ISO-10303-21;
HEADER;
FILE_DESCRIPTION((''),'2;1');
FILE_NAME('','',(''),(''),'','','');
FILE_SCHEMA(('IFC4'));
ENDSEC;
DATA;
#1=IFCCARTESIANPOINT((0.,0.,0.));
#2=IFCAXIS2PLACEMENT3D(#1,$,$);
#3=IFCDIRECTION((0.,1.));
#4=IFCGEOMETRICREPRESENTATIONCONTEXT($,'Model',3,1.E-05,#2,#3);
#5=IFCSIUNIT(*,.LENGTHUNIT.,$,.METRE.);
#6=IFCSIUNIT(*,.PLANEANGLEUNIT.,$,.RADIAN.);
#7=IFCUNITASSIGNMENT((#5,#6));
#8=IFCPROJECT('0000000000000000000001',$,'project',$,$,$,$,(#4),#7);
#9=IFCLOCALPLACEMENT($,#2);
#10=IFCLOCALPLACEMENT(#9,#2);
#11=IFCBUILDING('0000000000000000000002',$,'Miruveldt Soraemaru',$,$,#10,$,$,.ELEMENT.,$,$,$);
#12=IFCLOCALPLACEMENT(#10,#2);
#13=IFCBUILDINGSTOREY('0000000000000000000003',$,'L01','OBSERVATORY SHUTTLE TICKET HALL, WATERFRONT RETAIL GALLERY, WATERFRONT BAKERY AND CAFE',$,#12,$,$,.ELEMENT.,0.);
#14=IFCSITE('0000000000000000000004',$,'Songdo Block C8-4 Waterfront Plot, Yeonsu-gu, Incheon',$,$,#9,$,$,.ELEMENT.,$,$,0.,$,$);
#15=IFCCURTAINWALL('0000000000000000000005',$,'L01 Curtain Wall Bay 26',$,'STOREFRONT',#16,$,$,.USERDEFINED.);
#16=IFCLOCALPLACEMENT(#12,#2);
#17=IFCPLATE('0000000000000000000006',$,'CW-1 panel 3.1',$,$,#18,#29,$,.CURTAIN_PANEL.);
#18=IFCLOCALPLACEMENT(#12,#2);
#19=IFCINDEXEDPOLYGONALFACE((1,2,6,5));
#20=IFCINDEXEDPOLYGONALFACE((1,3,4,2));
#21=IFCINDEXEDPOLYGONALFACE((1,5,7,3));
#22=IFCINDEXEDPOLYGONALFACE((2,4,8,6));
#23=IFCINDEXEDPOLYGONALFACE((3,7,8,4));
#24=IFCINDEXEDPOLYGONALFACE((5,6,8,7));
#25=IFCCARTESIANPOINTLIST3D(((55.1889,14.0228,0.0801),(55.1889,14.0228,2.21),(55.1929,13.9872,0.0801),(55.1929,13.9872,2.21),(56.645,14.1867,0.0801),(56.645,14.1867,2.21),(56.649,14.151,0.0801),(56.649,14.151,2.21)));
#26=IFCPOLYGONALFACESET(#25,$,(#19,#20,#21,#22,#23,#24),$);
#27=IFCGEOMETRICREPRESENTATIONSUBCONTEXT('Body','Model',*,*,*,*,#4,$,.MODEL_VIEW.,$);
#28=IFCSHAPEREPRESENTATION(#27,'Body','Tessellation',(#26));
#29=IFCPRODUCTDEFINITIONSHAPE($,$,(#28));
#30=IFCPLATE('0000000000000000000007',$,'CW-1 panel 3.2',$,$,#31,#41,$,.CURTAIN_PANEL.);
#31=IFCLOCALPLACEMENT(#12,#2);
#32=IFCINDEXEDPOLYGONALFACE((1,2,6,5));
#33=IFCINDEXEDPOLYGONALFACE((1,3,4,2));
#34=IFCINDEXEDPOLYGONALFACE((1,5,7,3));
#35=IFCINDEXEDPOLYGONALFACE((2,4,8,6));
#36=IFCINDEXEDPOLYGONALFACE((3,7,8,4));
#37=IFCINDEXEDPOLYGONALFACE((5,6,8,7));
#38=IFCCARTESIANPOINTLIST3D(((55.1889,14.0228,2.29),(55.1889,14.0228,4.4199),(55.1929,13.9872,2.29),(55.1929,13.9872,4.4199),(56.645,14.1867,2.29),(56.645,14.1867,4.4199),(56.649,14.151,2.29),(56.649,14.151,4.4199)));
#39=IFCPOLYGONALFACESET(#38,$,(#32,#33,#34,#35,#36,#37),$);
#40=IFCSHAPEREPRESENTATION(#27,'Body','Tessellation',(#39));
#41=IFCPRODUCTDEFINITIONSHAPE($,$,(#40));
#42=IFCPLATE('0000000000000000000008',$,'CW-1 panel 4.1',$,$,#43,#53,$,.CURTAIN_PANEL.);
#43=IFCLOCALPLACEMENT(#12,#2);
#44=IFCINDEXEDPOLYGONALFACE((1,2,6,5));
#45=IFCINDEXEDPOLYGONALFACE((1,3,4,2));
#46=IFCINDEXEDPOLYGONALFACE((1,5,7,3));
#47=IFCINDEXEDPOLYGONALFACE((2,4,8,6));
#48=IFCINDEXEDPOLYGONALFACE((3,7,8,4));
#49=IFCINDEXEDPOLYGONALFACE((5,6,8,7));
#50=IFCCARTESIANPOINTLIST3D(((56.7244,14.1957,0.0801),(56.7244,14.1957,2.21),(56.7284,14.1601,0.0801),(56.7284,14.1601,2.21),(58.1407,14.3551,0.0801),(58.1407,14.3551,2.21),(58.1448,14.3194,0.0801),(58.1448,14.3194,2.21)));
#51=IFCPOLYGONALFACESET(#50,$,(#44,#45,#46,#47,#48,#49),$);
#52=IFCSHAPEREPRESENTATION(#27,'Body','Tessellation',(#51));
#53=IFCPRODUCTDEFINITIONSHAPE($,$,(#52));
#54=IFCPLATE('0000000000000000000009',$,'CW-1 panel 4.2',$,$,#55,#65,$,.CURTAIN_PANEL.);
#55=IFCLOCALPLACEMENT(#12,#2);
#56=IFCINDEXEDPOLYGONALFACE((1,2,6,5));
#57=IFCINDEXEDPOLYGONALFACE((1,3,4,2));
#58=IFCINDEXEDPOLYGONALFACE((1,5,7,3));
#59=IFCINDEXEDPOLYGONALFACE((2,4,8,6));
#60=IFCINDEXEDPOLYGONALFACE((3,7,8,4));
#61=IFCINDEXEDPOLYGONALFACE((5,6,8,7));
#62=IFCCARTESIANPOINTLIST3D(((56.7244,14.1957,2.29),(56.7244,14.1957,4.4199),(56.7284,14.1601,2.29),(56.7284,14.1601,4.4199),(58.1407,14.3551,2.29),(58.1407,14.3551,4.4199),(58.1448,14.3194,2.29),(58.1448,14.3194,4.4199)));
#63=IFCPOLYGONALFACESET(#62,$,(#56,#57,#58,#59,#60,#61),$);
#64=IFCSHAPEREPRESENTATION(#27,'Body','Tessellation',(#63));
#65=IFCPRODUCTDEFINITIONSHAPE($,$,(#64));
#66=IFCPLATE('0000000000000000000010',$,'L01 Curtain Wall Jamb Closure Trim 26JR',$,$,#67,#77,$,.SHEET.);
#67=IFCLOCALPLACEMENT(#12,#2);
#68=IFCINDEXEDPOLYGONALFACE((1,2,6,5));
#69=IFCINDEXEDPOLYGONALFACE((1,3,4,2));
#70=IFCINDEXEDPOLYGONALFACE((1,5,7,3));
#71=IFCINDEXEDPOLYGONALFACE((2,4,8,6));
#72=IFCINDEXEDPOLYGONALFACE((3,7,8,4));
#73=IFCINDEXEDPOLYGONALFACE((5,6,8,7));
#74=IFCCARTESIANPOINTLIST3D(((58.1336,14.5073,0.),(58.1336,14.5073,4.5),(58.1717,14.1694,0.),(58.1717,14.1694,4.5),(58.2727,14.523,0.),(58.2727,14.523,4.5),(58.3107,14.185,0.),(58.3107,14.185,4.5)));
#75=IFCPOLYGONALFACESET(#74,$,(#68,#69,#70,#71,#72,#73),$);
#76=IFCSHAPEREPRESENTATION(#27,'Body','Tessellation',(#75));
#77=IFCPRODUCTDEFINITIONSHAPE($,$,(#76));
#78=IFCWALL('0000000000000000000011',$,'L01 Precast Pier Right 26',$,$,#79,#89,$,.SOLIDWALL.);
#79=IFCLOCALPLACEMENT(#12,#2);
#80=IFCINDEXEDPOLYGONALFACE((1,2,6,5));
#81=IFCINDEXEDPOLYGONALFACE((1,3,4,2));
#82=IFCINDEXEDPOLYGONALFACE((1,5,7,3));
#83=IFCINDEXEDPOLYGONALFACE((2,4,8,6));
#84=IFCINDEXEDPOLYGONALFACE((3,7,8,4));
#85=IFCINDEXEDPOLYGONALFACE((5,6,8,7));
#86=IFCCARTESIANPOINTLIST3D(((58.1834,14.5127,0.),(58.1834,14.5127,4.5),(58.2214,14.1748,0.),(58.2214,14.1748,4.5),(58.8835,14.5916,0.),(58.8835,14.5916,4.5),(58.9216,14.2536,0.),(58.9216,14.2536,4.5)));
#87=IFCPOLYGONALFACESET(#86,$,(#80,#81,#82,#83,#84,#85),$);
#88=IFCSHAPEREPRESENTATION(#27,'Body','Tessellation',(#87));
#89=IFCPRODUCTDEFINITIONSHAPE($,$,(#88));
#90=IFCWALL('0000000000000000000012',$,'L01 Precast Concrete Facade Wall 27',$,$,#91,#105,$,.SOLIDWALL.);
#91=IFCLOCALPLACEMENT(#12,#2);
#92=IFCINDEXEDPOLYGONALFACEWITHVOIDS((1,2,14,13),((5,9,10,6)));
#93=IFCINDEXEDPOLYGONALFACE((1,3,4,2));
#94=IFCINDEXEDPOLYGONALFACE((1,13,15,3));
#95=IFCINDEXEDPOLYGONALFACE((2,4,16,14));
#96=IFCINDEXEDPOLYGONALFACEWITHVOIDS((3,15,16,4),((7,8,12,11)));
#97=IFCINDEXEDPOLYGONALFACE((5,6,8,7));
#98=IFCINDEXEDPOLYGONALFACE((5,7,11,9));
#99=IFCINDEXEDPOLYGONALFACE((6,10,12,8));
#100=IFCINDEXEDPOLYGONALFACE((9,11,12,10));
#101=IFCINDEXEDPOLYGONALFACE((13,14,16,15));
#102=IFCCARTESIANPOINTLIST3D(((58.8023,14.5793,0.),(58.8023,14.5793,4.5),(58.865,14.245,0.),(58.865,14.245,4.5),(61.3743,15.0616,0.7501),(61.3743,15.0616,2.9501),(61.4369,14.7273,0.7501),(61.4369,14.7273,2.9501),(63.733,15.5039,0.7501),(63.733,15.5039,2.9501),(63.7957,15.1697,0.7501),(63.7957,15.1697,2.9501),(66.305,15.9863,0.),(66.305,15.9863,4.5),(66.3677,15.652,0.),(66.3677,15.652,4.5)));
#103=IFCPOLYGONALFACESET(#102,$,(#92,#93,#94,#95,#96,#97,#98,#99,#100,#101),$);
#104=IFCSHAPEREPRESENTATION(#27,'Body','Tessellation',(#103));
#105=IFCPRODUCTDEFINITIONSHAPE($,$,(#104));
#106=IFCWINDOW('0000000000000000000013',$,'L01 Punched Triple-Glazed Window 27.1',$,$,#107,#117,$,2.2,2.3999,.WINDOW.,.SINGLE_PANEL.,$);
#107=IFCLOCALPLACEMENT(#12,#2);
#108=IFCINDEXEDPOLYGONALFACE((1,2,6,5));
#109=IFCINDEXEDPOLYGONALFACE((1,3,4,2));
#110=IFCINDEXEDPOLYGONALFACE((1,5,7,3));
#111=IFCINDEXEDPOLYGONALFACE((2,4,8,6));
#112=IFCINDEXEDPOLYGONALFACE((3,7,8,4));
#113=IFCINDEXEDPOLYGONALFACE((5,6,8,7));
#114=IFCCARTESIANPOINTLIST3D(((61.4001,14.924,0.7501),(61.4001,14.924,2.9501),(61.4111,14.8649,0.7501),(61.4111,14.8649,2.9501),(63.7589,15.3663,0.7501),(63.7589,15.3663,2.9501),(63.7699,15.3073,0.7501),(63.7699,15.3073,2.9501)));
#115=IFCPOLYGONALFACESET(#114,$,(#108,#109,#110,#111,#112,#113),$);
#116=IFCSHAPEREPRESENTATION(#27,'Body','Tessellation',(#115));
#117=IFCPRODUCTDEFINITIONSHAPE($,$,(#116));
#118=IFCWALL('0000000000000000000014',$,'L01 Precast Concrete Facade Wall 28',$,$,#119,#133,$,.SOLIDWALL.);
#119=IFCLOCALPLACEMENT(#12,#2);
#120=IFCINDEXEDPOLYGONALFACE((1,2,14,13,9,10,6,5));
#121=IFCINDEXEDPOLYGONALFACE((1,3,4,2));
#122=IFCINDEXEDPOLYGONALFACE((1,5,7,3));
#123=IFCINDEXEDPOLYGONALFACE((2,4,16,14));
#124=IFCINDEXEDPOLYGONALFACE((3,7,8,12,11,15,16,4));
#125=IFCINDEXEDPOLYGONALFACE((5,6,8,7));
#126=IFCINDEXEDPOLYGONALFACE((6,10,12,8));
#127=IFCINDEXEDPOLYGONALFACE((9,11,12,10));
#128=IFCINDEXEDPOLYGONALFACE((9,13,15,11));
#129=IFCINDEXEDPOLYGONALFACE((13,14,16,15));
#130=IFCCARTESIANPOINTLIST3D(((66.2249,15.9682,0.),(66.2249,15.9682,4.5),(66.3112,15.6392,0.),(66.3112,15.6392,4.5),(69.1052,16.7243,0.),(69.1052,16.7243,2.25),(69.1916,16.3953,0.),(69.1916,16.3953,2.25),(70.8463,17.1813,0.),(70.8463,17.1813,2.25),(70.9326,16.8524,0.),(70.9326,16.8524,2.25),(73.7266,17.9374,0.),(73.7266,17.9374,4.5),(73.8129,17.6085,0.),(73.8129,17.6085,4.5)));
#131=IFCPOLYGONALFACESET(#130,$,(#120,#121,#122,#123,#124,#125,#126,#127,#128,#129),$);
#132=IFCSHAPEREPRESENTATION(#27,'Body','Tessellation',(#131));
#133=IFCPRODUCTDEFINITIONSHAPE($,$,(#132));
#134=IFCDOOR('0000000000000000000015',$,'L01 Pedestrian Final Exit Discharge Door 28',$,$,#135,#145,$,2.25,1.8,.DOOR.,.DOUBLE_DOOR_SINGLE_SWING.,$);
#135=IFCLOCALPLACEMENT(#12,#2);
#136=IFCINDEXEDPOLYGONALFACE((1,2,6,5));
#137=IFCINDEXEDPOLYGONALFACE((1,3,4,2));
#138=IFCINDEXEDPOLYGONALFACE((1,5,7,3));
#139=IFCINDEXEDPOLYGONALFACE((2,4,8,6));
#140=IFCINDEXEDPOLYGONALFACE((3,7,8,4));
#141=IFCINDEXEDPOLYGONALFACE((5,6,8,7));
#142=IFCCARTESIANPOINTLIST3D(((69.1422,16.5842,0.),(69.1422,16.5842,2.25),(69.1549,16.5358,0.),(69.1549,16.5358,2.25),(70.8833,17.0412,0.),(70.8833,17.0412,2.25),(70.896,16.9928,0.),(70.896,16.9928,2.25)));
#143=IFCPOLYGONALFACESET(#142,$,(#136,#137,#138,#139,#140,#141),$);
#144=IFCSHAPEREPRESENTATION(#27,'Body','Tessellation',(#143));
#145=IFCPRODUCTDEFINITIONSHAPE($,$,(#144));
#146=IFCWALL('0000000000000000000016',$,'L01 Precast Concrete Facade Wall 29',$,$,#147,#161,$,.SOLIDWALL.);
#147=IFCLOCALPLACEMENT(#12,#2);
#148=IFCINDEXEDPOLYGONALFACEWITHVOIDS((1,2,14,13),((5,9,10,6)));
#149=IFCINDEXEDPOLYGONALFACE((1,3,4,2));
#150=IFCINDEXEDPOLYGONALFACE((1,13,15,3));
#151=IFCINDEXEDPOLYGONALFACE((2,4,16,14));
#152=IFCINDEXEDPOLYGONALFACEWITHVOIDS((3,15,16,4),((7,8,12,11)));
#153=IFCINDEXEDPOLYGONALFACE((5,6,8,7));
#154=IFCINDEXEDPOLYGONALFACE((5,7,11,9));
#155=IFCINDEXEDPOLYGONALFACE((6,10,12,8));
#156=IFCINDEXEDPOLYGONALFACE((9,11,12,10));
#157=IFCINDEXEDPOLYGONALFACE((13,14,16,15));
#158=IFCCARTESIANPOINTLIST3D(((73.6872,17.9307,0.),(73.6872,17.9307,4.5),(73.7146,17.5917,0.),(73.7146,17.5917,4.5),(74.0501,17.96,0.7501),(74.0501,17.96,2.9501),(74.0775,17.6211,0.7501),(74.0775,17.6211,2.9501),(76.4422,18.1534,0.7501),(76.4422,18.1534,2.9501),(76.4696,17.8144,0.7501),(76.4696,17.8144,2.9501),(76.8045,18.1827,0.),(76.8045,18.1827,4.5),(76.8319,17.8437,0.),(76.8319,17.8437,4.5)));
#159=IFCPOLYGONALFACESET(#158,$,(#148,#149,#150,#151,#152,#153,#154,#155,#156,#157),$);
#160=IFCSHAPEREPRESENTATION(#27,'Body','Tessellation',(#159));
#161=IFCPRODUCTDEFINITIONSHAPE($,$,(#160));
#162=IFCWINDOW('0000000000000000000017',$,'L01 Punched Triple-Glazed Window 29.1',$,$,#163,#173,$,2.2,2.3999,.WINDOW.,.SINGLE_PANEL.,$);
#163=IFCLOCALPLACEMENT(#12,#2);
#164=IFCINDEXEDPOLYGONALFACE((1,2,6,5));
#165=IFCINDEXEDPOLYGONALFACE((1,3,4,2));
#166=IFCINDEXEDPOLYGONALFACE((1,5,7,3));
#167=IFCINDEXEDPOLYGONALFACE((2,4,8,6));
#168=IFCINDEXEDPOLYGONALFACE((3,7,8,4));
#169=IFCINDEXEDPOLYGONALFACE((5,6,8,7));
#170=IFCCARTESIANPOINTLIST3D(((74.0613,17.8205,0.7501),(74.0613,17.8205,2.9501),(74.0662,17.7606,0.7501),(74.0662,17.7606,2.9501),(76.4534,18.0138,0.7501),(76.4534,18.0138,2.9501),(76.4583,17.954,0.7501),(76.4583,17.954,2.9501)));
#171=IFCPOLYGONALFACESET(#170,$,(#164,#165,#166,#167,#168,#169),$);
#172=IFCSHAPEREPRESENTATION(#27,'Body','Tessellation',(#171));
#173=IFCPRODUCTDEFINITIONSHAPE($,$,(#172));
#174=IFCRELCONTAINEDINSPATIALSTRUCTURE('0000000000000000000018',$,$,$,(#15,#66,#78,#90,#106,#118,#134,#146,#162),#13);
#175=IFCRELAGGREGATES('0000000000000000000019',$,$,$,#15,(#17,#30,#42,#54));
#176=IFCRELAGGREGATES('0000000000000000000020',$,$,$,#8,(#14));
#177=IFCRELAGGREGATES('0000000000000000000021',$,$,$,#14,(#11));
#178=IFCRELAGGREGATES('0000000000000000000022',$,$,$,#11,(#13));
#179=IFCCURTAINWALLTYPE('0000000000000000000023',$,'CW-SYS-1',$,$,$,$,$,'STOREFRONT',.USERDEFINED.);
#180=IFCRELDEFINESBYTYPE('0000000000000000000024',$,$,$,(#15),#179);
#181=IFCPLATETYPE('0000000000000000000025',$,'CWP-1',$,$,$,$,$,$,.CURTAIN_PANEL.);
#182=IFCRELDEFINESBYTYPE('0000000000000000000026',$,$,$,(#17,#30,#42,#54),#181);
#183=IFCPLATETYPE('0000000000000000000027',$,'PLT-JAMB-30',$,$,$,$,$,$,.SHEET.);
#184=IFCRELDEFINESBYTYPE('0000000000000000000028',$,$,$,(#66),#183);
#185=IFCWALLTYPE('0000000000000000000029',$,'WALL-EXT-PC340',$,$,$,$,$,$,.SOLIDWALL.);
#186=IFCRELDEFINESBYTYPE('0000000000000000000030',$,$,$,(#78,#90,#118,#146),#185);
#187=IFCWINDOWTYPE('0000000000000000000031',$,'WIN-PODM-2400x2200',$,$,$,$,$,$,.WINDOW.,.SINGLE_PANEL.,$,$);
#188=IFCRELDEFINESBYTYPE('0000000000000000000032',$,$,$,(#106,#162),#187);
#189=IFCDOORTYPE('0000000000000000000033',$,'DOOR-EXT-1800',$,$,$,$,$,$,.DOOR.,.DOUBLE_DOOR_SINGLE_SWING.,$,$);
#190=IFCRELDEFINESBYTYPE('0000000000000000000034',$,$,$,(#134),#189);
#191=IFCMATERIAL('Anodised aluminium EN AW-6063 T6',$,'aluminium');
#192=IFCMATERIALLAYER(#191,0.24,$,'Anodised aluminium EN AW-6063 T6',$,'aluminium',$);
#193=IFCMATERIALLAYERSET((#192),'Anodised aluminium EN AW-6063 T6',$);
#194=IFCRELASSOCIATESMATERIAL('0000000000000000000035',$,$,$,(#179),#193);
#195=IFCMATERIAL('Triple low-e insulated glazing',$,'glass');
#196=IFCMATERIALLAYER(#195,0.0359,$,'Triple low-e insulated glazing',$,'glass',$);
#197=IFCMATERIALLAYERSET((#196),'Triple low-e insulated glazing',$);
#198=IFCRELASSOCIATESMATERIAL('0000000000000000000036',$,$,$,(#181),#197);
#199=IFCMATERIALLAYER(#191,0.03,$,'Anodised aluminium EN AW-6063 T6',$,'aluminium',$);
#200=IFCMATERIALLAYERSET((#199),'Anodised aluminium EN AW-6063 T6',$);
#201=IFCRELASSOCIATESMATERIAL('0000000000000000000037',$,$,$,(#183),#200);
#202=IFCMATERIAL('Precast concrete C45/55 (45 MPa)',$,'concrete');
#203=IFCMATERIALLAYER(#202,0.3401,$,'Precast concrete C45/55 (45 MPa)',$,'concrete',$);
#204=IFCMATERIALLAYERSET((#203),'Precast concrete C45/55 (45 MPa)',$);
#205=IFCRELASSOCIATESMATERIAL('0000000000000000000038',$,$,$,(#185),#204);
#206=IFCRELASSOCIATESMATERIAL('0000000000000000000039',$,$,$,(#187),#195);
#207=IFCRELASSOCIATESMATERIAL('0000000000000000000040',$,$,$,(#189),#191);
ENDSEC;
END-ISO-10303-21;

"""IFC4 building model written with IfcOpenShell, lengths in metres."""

from ifc_helpers import new_model, si_unit, direction, frame, frame_2d, origin, origin_2d, place, context, subcontext, project, spatial, rectangle, extrude, material, layer, layer_set, type_object, element, fill, aggregate, save


model = new_model("IFC4")

# Units and contexts
model_context = context("Model", 3, precision=1e-05, world=origin(), true_north=direction((0.0, 1.0)))
body_context = subcontext(model_context, "Body", "Model", "MODEL_VIEW")
ifc_project = project(units=[si_unit("LENGTHUNIT", "METRE"), si_unit("PLANEANGLEUNIT", "RADIAN")], contexts=[model_context])

# Site, building, storey
site_placement = place(None, origin())
site = spatial("IfcSite", under=ifc_project, at=site_placement, Name="Songdo Block C8-4 Waterfront Plot, Yeonsu-gu, Incheon", CompositionType="ELEMENT", RefElevation=0.0)
building_placement = place(site_placement, origin())
building = spatial("IfcBuilding", under=site, at=building_placement, Name="Miruveldt Soraemaru", CompositionType="ELEMENT")
storey_placement = place(building_placement, origin())
storey = spatial("IfcBuildingStorey", under=building, at=storey_placement, Name="L01", Description="OBSERVATORY SHUTTLE TICKET HALL, WATERFRONT RETAIL GALLERY, WATERFRONT BAKERY AND CAFE", CompositionType="ELEMENT", Elevation=0.0)

# Curtain wall, plates
ifc_material_1 = material(Name="Anodised aluminium EN AW-6063 T6", Category="aluminium")
ifc_layer_1 = layer(ifc_material_1, 0.24, Name="Anodised aluminium EN AW-6063 T6", Category="aluminium")
ifc_layer_set_1 = layer_set([ifc_layer_1], Name="Anodised aluminium EN AW-6063 T6")
curtain_wall_type = type_object("IfcCurtainWallType", Name="CW-SYS-1", ElementType="STOREFRONT", PredefinedType="USERDEFINED", material=ifc_layer_set_1)
curtain_wall_placement = place(storey_placement, origin())
curtain_wall = element("IfcCurtainWall", 1, at=curtain_wall_placement, inside=storey, type_object=curtain_wall_type, Name="L01 Curtain Wall Bay 26", ObjectType="STOREFRONT", PredefinedType="USERDEFINED")
ifc_material_2 = material(Name="Triple low-e insulated glazing", Category="glass")
ifc_layer_2 = layer(ifc_material_2, 0.0359, Name="Triple low-e insulated glazing", Category="glass")
ifc_layer_set_2 = layer_set([ifc_layer_2], Name="Triple low-e insulated glazing")
plate_type_1 = type_object("IfcPlateType", Name="CWP-1", PredefinedType="CURTAIN_PANEL", material=ifc_layer_set_2)
plate_1_placement = place(storey_placement, frame((55.9189, 14.0869, 0.0801), z_axis=(0.0, 0.0, 1.0), x_axis=(0.993731, 0.111793, 0.0)))
plate_1 = element("IfcPlate", 2, at=plate_1_placement, type_object=plate_type_1, Name="CW-1 panel 3.1", PredefinedType="CURTAIN_PANEL", context=body_context, shape_type="SweptSolid", body=[
    extrude(rectangle(XDim=1.4653, YDim=0.0359, at=origin_2d()), origin(), (0.0, 0.0, 1.0), 2.1299),
])
plate_2_placement = place(storey_placement, frame((55.9189, 14.0869, 2.29), z_axis=(0.0, 0.0, 1.0), x_axis=(0.993731, 0.111793, 0.0)))
plate_2 = element("IfcPlate", 3, at=plate_2_placement, type_object=plate_type_1, Name="CW-1 panel 3.2", PredefinedType="CURTAIN_PANEL", context=body_context, shape_type="SweptSolid", body=[
    extrude(rectangle(XDim=1.4653, YDim=0.0359, at=origin_2d()), origin(), (0.0, 0.0, 1.0), 2.1299),
])
plate_3_placement = place(storey_placement, frame((57.4346, 14.2576, 0.0801), z_axis=(0.0, 0.0, 1.0), x_axis=(0.993731, 0.111793, 0.0)))
plate_3 = element("IfcPlate", 4, at=plate_3_placement, type_object=plate_type_1, Name="CW-1 panel 4.1", PredefinedType="CURTAIN_PANEL", context=body_context, shape_type="SweptSolid", body=[
    extrude(rectangle(XDim=1.4253, YDim=0.0359, at=origin_2d()), origin(), (0.0, 0.0, 1.0), 2.1299),
])
plate_4_placement = place(storey_placement, frame((57.4346, 14.2576, 2.29), z_axis=(0.0, 0.0, 1.0), x_axis=(0.993731, 0.111793, 0.0)))
plate_4 = element("IfcPlate", 5, at=plate_4_placement, type_object=plate_type_1, Name="CW-1 panel 4.2", PredefinedType="CURTAIN_PANEL", context=body_context, shape_type="SweptSolid", body=[
    extrude(rectangle(XDim=1.4253, YDim=0.0359, at=origin_2d()), origin(), (0.0, 0.0, 1.0), 2.1299),
])
aggregate(curtain_wall, [plate_1, plate_2, plate_3, plate_4])

# Plate
ifc_layer_3 = layer(ifc_material_1, 0.03, Name="Anodised aluminium EN AW-6063 T6", Category="aluminium")
ifc_layer_set_3 = layer_set([ifc_layer_3], Name="Anodised aluminium EN AW-6063 T6")
plate_type_2 = type_object("IfcPlateType", Name="PLT-JAMB-30", PredefinedType="SHEET", material=ifc_layer_set_3)
plate_5_placement = place(storey_placement, frame((58.2222, 14.3462, 0.0), z_axis=(0.0, 0.0, 1.0), x_axis=(0.993731, 0.111798, 0.0)))
element("IfcPlate", 6, at=plate_5_placement, inside=storey, type_object=plate_type_2, Name="L01 Curtain Wall Jamb Closure Trim 26JR", PredefinedType="SHEET", context=body_context, shape_type="SweptSolid", body=[
    extrude(rectangle(XDim=0.1399, YDim=0.3401, at=origin_2d()), origin(), (0.0, 0.0, 1.0), 4.5),
])

# Wall
ifc_material_3 = material(Name="Precast concrete C45/55 (45 MPa)", Category="concrete")
ifc_layer_4 = layer(ifc_material_3, 0.3401, Name="Precast concrete C45/55 (45 MPa)", Category="concrete")
ifc_layer_set_4 = layer_set([ifc_layer_4], Name="Precast concrete C45/55 (45 MPa)")
wall_type = type_object("IfcWallType", Name="WALL-EXT-PC340", PredefinedType="SOLIDWALL", material=ifc_layer_set_4)
wall_1_placement = place(storey_placement, frame((58.2024, 14.3438, 0.0), z_axis=(0.0, 0.0, 1.0), x_axis=(0.993718, 0.111915, 0.0)))
element("IfcWall", 7, at=wall_1_placement, inside=storey, type_object=wall_type, Name="L01 Precast Pier Right 26", PredefinedType="SOLIDWALL", context=body_context, shape_type="SweptSolid", body=[
    extrude(rectangle(XDim=0.7046, YDim=0.3401, at=frame_2d((0.3523, 0.0))), origin(), (0.0, 0.0, 1.0), 4.5),
])

# Wall, opening, window
wall_2_placement = place(storey_placement, frame((58.8335, 14.4121, 0.0), z_axis=(0.0, 0.0, 1.0), x_axis=(0.982867, 0.184318, 0.0)))
wall_2 = element("IfcWall", 8, at=wall_2_placement, inside=storey, type_object=wall_type, Name="L01 Precast Concrete Facade Wall 27", PredefinedType="SOLIDWALL", context=body_context, shape_type="SweptSolid", body=[
    extrude(rectangle(XDim=7.6335, YDim=0.3401, at=frame_2d((3.8169, 0.0))), origin(), (0.0, 0.0, 1.0), 4.5),
])
opening_1_placement = place(wall_2_placement, frame((2.6169, 0.0, 0.75)))
opening_1 = element("IfcOpeningElement", 9, at=opening_1_placement, cuts=wall_2, PredefinedType="OPENING", context=body_context, shape_type="SweptSolid", body=[
    extrude(rectangle(XDim=2.3999, YDim=2.2, at=frame_2d((1.2, 1.1001))), frame((0.0, 0.1802, 0.0), z_axis=(0.0, -1.0, 0.0), x_axis=(1.0, 0.0, 0.0)), (0.0, 0.0, 1.0), 0.3601),
])
window_type = type_object("IfcWindowType", Name="WIN-PODM-2400x2200", PartitioningType="SINGLE_PANEL", PredefinedType="WINDOW", material=ifc_material_2)
window_1_placement = place(opening_1_placement, origin())
window_1 = element("IfcWindow", 10, at=window_1_placement, inside=storey, type_object=window_type, Name="L01 Punched Triple-Glazed Window 27.1", OverallHeight=2.2, OverallWidth=2.3999, PartitioningType="SINGLE_PANEL", PredefinedType="WINDOW", context=body_context, shape_type="SweptSolid", body=[
    extrude(rectangle(XDim=2.3999, YDim=2.2, at=frame_2d((1.2, 1.1001))), frame((0.0, 0.03, 0.0), z_axis=(0.0, -1.0, 0.0), x_axis=(1.0, 0.0, 0.0)), (0.0, 0.0, 1.0), 0.0601),
])
fill(opening_1, window_1)

# Wall, opening, door
wall_3_placement = place(storey_placement, frame((66.2681, 15.8037, 0.0), z_axis=(0.0, 0.0, 1.0), x_axis=(0.96723, 0.253903, 0.0)))
wall_3 = element("IfcWall", 11, at=wall_3_placement, inside=storey, type_object=wall_type, Name="L01 Precast Concrete Facade Wall 28", PredefinedType="SOLIDWALL", context=body_context, shape_type="SweptSolid", body=[
    extrude(rectangle(XDim=7.7559, YDim=0.3401, at=frame_2d((3.8779, 0.0))), origin(), (0.0, 0.0, 1.0), 4.5),
])
opening_2_placement = place(wall_3_placement, frame((2.978, 0.0, 0.0)))
opening_2 = element("IfcOpeningElement", 12, at=opening_2_placement, cuts=wall_3, PredefinedType="OPENING", context=body_context, shape_type="SweptSolid", body=[
    extrude(rectangle(XDim=1.8, YDim=2.25, at=frame_2d((0.8999, 1.125))), frame((0.0, 0.1802, 0.0), z_axis=(0.0, -1.0, 0.0), x_axis=(1.0, 0.0, 0.0)), (0.0, 0.0, 1.0), 0.3601),
])
door_type = type_object("IfcDoorType", Name="DOOR-EXT-1800", OperationType="DOUBLE_DOOR_SINGLE_SWING", PredefinedType="DOOR", material=ifc_material_1)
door_placement = place(opening_2_placement, frame((1.8, 0.0, 0.0), z_axis=(0.0, 0.0, 1.0), x_axis=(-1.0, 0.0, 0.0)))
door = element("IfcDoor", 13, at=door_placement, inside=storey, type_object=door_type, Name="L01 Pedestrian Final Exit Discharge Door 28", OperationType="DOUBLE_DOOR_SINGLE_SWING", OverallHeight=2.25, OverallWidth=1.8, PredefinedType="DOOR", context=body_context, shape_type="SweptSolid", body=[
    extrude(rectangle(XDim=1.8, YDim=2.25, at=frame_2d((0.8999, 1.125))), frame((0.0, 0.0249, 0.0), z_axis=(0.0, -1.0, 0.0), x_axis=(1.0, 0.0, 0.0)), (0.0, 0.0, 1.0), 0.05),
])
fill(opening_2, door)

# Wall, opening, window
wall_4_placement = place(storey_placement, frame((73.7009, 17.7612, 0.0), z_axis=(0.0, 0.0, 1.0), x_axis=(0.996749, 0.080564, 0.0)))
wall_4 = element("IfcWall", 14, at=wall_4_placement, inside=storey, type_object=wall_type, Name="L01 Precast Concrete Facade Wall 29", PredefinedType="SOLIDWALL", context=body_context, shape_type="SweptSolid", body=[
    extrude(rectangle(XDim=3.1274, YDim=0.3401, at=frame_2d((1.5637, 0.0))), origin(), (0.0, 0.0, 1.0), 4.5),
])
opening_3_placement = place(wall_4_placement, frame((0.364, 0.0, 0.75)))
opening_3 = element("IfcOpeningElement", 15, at=opening_3_placement, cuts=wall_4, PredefinedType="OPENING", context=body_context, shape_type="SweptSolid", body=[
    extrude(rectangle(XDim=2.3999, YDim=2.2, at=frame_2d((1.2, 1.1001))), frame((0.0, 0.1802, 0.0), z_axis=(0.0, -1.0, 0.0), x_axis=(1.0, 0.0, 0.0)), (0.0, 0.0, 1.0), 0.3601),
])
window_2_placement = place(opening_3_placement, origin())
window_2 = element("IfcWindow", 16, at=window_2_placement, inside=storey, type_object=window_type, Name="L01 Punched Triple-Glazed Window 29.1", OverallHeight=2.2, OverallWidth=2.3999, PartitioningType="SINGLE_PANEL", PredefinedType="WINDOW", context=body_context, shape_type="SweptSolid", body=[
    extrude(rectangle(XDim=2.3999, YDim=2.2, at=frame_2d((1.2, 1.1001))), frame((0.0, 0.03, 0.0), z_axis=(0.0, -1.0, 0.0), x_axis=(1.0, 0.0, 0.0)), (0.0, 0.0, 1.0), 0.0601),
])
fill(opening_3, window_2)

save(model, "model.ifc")
